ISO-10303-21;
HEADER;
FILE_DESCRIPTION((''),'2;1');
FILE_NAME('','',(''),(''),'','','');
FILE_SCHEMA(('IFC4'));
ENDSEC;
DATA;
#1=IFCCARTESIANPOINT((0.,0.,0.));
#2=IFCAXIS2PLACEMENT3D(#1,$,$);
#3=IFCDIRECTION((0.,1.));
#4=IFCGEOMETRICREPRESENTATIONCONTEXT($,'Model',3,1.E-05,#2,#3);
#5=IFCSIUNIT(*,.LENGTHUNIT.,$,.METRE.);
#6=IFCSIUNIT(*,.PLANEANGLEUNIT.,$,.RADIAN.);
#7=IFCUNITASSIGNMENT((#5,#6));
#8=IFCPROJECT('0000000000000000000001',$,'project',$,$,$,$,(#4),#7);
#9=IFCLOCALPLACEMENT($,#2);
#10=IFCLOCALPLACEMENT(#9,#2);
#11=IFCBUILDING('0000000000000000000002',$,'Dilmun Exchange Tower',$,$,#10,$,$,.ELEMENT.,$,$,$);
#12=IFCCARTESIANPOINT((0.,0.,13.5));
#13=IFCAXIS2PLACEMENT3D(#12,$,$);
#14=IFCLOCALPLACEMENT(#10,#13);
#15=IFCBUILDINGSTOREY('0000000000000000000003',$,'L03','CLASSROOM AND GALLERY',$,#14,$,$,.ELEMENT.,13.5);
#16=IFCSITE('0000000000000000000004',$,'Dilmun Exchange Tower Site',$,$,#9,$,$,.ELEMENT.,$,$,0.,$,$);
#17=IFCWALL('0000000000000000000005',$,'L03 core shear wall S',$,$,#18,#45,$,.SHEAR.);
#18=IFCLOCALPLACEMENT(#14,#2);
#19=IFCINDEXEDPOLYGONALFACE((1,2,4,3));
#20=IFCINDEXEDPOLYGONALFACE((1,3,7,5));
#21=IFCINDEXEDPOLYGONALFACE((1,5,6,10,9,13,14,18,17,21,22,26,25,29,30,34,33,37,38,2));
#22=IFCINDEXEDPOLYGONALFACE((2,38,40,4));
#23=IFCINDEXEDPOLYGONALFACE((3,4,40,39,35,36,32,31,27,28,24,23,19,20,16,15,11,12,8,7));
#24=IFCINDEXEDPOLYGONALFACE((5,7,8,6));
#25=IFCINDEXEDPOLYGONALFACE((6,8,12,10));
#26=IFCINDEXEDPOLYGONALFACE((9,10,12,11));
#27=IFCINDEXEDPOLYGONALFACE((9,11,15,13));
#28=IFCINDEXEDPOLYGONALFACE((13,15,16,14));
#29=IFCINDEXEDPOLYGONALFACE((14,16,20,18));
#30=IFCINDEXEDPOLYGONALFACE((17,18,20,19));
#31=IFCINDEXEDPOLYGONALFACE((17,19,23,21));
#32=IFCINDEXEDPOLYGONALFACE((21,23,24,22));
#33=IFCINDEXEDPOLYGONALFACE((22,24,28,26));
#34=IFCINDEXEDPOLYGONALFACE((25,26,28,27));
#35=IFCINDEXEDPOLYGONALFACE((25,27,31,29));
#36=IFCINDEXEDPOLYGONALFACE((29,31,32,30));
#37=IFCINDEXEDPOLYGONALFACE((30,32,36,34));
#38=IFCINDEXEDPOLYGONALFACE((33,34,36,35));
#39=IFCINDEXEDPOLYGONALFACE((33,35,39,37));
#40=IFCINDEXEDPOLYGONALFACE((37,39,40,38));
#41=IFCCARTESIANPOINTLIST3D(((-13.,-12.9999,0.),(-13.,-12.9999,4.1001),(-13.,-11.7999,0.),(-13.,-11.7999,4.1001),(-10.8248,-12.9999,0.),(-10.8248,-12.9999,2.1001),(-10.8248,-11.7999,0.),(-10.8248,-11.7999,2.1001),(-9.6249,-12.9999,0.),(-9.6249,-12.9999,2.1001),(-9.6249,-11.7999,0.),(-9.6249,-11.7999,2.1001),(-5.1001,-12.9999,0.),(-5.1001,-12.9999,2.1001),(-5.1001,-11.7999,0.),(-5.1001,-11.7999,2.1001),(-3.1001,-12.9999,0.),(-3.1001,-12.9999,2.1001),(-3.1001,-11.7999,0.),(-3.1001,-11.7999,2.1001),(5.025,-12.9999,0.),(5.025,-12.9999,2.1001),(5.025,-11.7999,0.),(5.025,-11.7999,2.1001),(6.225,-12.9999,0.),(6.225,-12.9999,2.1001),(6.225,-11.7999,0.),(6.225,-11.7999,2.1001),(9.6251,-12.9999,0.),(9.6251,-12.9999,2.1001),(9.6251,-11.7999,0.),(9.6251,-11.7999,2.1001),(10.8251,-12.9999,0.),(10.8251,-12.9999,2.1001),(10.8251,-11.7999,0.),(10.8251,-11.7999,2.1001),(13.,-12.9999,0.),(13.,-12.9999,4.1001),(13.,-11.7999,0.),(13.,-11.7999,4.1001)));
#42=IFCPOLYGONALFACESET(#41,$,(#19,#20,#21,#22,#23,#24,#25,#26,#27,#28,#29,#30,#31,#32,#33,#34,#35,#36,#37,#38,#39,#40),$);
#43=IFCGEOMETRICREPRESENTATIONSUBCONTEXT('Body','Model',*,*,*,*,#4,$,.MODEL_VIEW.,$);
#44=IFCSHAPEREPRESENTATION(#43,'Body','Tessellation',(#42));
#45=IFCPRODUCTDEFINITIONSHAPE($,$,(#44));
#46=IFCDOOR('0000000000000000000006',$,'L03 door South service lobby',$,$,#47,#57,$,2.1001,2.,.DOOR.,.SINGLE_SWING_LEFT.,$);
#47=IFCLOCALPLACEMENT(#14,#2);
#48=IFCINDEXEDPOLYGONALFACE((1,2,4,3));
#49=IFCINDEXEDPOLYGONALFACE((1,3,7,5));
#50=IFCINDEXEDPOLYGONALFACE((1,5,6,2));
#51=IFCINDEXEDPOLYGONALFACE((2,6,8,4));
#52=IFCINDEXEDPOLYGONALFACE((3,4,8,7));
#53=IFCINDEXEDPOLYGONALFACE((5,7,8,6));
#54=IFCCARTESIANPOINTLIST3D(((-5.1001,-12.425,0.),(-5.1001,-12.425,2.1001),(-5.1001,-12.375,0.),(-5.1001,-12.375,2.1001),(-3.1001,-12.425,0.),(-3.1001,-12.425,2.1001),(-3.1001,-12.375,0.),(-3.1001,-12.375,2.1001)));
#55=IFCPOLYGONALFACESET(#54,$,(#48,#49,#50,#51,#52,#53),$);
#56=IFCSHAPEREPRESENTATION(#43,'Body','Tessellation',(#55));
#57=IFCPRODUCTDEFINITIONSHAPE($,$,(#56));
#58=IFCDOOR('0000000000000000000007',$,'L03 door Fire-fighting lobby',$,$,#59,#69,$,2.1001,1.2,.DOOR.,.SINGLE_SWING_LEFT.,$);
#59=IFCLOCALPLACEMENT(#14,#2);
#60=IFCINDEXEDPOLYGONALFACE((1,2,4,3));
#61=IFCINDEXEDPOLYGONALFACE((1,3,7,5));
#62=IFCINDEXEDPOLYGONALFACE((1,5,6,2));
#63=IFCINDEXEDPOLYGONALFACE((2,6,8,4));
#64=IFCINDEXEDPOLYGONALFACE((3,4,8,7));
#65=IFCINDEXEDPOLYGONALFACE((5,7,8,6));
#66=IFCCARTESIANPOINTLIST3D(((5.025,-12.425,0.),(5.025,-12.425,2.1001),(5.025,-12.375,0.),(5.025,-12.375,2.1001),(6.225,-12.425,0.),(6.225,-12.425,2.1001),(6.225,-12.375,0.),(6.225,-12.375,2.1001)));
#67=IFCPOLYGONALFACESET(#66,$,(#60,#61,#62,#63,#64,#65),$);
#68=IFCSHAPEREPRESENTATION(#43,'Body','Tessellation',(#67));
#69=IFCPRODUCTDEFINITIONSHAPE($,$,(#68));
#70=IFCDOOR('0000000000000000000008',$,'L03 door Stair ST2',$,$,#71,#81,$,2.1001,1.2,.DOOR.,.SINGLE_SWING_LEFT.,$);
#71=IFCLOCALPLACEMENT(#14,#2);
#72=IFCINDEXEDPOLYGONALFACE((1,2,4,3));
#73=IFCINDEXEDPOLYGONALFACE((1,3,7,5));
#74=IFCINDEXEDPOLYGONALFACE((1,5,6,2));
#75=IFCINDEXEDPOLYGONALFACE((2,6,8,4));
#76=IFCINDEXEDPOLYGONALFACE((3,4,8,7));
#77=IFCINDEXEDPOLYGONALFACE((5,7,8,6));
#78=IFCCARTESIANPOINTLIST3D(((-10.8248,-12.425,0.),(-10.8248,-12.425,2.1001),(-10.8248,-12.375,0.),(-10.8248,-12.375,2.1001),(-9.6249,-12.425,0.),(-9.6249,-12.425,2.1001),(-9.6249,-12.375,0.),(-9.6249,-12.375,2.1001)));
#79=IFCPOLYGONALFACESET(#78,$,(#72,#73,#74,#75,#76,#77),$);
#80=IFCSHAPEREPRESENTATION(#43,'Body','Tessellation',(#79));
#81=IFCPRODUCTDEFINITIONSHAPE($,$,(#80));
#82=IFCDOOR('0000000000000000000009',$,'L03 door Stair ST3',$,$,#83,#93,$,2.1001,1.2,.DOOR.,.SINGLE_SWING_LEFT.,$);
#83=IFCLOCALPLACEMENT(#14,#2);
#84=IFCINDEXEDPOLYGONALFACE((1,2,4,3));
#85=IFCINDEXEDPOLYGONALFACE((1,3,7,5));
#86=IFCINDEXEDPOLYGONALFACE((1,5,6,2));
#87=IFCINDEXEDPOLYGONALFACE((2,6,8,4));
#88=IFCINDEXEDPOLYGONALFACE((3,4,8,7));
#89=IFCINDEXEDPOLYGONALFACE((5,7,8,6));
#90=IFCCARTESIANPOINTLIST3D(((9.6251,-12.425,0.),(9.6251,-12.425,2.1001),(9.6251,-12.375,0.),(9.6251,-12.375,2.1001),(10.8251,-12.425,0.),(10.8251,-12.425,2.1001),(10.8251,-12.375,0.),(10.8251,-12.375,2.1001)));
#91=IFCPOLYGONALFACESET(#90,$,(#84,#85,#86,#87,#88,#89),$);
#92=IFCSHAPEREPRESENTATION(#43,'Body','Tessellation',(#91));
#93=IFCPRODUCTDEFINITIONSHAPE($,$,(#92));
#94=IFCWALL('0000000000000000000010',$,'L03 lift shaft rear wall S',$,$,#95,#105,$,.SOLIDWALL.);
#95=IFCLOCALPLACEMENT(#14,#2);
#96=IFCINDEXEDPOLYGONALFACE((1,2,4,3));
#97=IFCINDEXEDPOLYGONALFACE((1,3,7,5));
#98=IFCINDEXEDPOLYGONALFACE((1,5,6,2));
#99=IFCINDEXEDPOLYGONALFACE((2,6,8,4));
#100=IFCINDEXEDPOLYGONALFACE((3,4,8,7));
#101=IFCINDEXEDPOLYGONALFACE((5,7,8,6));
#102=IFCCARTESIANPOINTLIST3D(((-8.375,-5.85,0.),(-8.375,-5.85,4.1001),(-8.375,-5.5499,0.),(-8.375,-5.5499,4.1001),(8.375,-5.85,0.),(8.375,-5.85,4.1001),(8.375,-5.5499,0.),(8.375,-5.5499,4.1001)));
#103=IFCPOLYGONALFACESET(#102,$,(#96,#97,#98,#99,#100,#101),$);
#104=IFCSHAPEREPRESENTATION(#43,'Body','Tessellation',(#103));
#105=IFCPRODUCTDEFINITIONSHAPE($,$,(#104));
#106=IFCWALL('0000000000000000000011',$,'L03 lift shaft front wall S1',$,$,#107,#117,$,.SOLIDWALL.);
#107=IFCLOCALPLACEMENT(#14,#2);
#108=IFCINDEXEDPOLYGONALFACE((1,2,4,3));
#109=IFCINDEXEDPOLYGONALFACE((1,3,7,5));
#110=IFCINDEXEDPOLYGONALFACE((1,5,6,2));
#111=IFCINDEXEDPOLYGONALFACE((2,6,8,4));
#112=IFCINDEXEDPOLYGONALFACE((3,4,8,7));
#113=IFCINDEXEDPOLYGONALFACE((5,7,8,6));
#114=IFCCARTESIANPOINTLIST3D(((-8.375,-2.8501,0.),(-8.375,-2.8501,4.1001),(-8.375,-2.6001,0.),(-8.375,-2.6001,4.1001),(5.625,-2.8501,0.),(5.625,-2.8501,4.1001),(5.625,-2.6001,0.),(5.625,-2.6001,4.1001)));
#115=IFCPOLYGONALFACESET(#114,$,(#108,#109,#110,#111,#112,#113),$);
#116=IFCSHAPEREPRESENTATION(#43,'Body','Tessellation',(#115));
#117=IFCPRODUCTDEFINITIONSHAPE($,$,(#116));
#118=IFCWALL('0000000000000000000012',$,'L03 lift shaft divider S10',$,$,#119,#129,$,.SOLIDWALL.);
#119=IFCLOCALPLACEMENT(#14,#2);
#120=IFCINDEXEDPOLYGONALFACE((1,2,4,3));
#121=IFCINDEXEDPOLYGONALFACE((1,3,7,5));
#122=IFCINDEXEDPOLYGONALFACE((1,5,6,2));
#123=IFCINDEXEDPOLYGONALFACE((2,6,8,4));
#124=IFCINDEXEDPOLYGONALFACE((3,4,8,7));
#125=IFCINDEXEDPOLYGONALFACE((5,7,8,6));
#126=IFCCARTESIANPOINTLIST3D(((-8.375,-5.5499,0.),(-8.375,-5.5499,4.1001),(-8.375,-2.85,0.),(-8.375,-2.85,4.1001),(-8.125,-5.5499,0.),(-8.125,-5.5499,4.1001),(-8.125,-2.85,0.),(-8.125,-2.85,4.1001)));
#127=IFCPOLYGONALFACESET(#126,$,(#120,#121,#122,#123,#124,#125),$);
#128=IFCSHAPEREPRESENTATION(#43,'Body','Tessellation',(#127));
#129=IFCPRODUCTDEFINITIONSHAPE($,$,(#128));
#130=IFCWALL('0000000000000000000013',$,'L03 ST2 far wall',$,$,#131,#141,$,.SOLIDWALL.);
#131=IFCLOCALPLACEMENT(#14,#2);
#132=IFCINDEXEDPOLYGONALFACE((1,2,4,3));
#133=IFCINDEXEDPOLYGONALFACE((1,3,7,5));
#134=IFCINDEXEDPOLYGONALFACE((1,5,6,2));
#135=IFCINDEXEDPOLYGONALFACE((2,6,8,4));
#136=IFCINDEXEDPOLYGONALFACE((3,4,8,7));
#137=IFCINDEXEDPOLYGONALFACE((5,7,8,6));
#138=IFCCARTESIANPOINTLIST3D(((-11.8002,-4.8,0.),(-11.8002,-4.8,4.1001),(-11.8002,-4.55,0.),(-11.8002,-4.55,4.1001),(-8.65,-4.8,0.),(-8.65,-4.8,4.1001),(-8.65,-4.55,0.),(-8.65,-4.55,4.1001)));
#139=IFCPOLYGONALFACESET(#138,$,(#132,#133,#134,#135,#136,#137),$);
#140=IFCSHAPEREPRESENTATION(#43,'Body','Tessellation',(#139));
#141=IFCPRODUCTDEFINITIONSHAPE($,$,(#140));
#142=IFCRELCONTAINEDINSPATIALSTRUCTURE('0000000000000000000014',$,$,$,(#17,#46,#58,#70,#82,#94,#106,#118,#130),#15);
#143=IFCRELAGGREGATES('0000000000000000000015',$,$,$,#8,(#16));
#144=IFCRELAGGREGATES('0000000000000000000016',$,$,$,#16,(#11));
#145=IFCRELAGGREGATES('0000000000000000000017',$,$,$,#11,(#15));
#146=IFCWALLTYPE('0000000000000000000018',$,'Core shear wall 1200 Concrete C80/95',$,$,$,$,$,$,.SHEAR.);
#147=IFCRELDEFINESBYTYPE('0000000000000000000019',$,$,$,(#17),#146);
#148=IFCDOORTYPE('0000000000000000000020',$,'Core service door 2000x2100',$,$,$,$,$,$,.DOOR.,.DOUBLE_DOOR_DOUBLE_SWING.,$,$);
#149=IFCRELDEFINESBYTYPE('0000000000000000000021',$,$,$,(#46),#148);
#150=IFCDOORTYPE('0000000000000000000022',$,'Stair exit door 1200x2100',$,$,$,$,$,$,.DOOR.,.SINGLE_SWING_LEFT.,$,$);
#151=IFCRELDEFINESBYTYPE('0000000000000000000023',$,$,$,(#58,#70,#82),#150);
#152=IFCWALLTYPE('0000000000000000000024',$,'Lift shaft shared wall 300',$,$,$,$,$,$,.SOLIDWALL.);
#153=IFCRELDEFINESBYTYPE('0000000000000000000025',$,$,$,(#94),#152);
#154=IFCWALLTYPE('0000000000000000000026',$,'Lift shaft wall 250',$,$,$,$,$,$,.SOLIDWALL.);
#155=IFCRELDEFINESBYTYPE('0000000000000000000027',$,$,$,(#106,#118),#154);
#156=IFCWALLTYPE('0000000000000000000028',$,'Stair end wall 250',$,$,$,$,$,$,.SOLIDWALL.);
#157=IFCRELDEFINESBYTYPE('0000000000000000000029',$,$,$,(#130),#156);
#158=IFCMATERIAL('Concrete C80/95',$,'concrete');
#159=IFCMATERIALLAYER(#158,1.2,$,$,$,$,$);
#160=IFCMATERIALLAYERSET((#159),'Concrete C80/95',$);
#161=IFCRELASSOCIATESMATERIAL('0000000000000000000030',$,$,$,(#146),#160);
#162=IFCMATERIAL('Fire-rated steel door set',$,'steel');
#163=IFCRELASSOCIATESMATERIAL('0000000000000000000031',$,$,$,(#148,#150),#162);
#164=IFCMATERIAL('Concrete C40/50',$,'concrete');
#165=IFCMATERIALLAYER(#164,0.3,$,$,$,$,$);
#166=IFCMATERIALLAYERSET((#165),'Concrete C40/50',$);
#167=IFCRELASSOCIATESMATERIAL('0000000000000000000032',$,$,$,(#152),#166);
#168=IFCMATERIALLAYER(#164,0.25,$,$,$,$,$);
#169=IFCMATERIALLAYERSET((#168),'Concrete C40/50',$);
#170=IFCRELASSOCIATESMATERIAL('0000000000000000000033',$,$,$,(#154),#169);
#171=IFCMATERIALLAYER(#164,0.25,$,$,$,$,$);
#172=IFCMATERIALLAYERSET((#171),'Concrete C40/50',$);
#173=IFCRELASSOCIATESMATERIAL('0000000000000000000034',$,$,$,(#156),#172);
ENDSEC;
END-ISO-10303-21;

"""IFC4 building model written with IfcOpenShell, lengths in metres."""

from ifc_helpers import new_model, si_unit, direction, frame, frame_2d, origin, place, context, subcontext, project, spatial, rectangle, extrude, material, layer, layer_set, type_object, element, fill, save


model = new_model("IFC4")

# Units and contexts
model_context = context("Model", 3, precision=1e-05, world=origin(), true_north=direction((0.0, 1.0)))
body_context = subcontext(model_context, "Body", "Model", "MODEL_VIEW")
ifc_project = project(units=[si_unit("LENGTHUNIT", "METRE"), si_unit("PLANEANGLEUNIT", "RADIAN")], contexts=[model_context])

# Site, building, storey
site_placement = place(None, origin())
site = spatial("IfcSite", under=ifc_project, at=site_placement, Name="Dilmun Exchange Tower Site", CompositionType="ELEMENT", RefElevation=0.0)
building_placement = place(site_placement, origin())
building = spatial("IfcBuilding", under=site, at=building_placement, Name="Dilmun Exchange Tower", CompositionType="ELEMENT")
storey_placement = place(building_placement, frame((0.0, 0.0, 13.5)))
storey = spatial("IfcBuildingStorey", under=building, at=storey_placement, Name="L03", Description="CLASSROOM AND GALLERY", CompositionType="ELEMENT", Elevation=13.5)

# Shared definitions
ifc_material_1 = material(Name="Concrete C40/50", Category="concrete")
ifc_material_2 = material(Name="Fire-rated steel door set", Category="steel")

# Wall, openings, doors
ifc_material_3 = material(Name="Concrete C80/95", Category="concrete")
ifc_layer_1 = layer(ifc_material_3, 1.2)
ifc_layer_set_1 = layer_set([ifc_layer_1], Name="Concrete C80/95")
wall_type_1 = type_object("IfcWallType", Name="Core shear wall 1200 Concrete C80/95", PredefinedType="SHEAR", material=ifc_layer_set_1)
wall_1_placement = place(storey_placement, frame((-13.0, -12.3999, 0.0), z_axis=(0.0, 0.0, 1.0), x_axis=(1.0, 0.0, 0.0)))
wall_1 = element("IfcWall", 1, at=wall_1_placement, inside=storey, type_object=wall_type_1, Name="L03 core shear wall S", PredefinedType="SHEAR", context=body_context, shape_type="SweptSolid", body=[
    extrude(rectangle(XDim=26.0, YDim=1.2, at=frame_2d((13.0, 0.0))), origin(), (0.0, 0.0, 1.0), 4.1001),
])
opening_1_placement = place(wall_1_placement, frame((7.8999, 0.0, 0.0)))
opening_1 = element("IfcOpeningElement", 2, at=opening_1_placement, cuts=wall_1, PredefinedType="OPENING", context=body_context, shape_type="SweptSolid", body=[
    extrude(rectangle(XDim=2.0, YDim=2.1001, at=frame_2d((1.0, 1.05))), frame((0.0, 0.6099, 0.0), z_axis=(0.0, -1.0, 0.0), x_axis=(1.0, 0.0, 0.0)), (0.0, 0.0, 1.0), 1.22),
])
opening_2_placement = place(wall_1_placement, frame((18.0249, 0.0, 0.0)))
opening_2 = element("IfcOpeningElement", 3, at=opening_2_placement, cuts=wall_1, PredefinedType="OPENING", context=body_context, shape_type="SweptSolid", body=[
    extrude(rectangle(XDim=1.2, YDim=2.1001, at=frame_2d((0.6001, 1.05))), frame((0.0, 0.6099, 0.0), z_axis=(0.0, -1.0, 0.0), x_axis=(1.0, 0.0, 0.0)), (0.0, 0.0, 1.0), 1.22),
])
opening_3_placement = place(wall_1_placement, frame((2.175, 0.0, 0.0)))
opening_3 = element("IfcOpeningElement", 4, at=opening_3_placement, cuts=wall_1, PredefinedType="OPENING", context=body_context, shape_type="SweptSolid", body=[
    extrude(rectangle(XDim=1.2, YDim=2.1001, at=frame_2d((0.6001, 1.05))), frame((0.0, 0.6099, 0.0), z_axis=(0.0, -1.0, 0.0), x_axis=(1.0, 0.0, 0.0)), (0.0, 0.0, 1.0), 1.22),
])
opening_4_placement = place(wall_1_placement, frame((22.625, 0.0, 0.0)))
opening_4 = element("IfcOpeningElement", 5, at=opening_4_placement, cuts=wall_1, PredefinedType="OPENING", context=body_context, shape_type="SweptSolid", body=[
    extrude(rectangle(XDim=1.2, YDim=2.1001, at=frame_2d((0.6001, 1.05))), frame((0.0, 0.6099, 0.0), z_axis=(0.0, -1.0, 0.0), x_axis=(1.0, 0.0, 0.0)), (0.0, 0.0, 1.0), 1.22),
])
door_type_1 = type_object("IfcDoorType", Name="Core service door 2000x2100", OperationType="DOUBLE_DOOR_DOUBLE_SWING", PredefinedType="DOOR", material=ifc_material_2)
door_1_placement = place(opening_1_placement, origin())
door_1 = element("IfcDoor", 6, at=door_1_placement, inside=storey, type_object=door_type_1, Name="L03 door South service lobby", OperationType="SINGLE_SWING_LEFT", OverallHeight=2.1001, OverallWidth=2.0, PredefinedType="DOOR", context=body_context, shape_type="SweptSolid", body=[
    extrude(rectangle(XDim=2.0, YDim=2.1001, at=frame_2d((1.0, 1.05))), frame((0.0, 0.0249, 0.0), z_axis=(0.0, -1.0, 0.0), x_axis=(1.0, 0.0, 0.0)), (0.0, 0.0, 1.0), 0.05),
])
fill(opening_1, door_1)
door_type_2 = type_object("IfcDoorType", Name="Stair exit door 1200x2100", OperationType="SINGLE_SWING_LEFT", PredefinedType="DOOR", material=ifc_material_2)
door_2_placement = place(opening_2_placement, origin())
door_2 = element("IfcDoor", 7, at=door_2_placement, inside=storey, type_object=door_type_2, Name="L03 door Fire-fighting lobby", OperationType="SINGLE_SWING_LEFT", OverallHeight=2.1001, OverallWidth=1.2, PredefinedType="DOOR", context=body_context, shape_type="SweptSolid", body=[
    extrude(rectangle(XDim=1.2, YDim=2.1001, at=frame_2d((0.6001, 1.05))), frame((0.0, 0.0249, 0.0), z_axis=(0.0, -1.0, 0.0), x_axis=(1.0, 0.0, 0.0)), (0.0, 0.0, 1.0), 0.05),
])
fill(opening_2, door_2)
door_3_placement = place(opening_3_placement, origin())
door_3 = element("IfcDoor", 8, at=door_3_placement, inside=storey, type_object=door_type_2, Name="L03 door Stair ST2", OperationType="SINGLE_SWING_LEFT", OverallHeight=2.1001, OverallWidth=1.2, PredefinedType="DOOR", context=body_context, shape_type="SweptSolid", body=[
    extrude(rectangle(XDim=1.2, YDim=2.1001, at=frame_2d((0.6001, 1.05))), frame((0.0, 0.0249, 0.0), z_axis=(0.0, -1.0, 0.0), x_axis=(1.0, 0.0, 0.0)), (0.0, 0.0, 1.0), 0.05),
])
fill(opening_3, door_3)
door_4_placement = place(opening_4_placement, origin())
door_4 = element("IfcDoor", 9, at=door_4_placement, inside=storey, type_object=door_type_2, Name="L03 door Stair ST3", OperationType="SINGLE_SWING_LEFT", OverallHeight=2.1001, OverallWidth=1.2, PredefinedType="DOOR", context=body_context, shape_type="SweptSolid", body=[
    extrude(rectangle(XDim=1.2, YDim=2.1001, at=frame_2d((0.6001, 1.05))), frame((0.0, 0.0249, 0.0), z_axis=(0.0, -1.0, 0.0), x_axis=(1.0, 0.0, 0.0)), (0.0, 0.0, 1.0), 0.05),
])
fill(opening_4, door_4)

# Walls
ifc_layer_2 = layer(ifc_material_1, 0.3)
ifc_layer_set_2 = layer_set([ifc_layer_2], Name="Concrete C40/50")
wall_type_2 = type_object("IfcWallType", Name="Lift shaft shared wall 300", PredefinedType="SOLIDWALL", material=ifc_layer_set_2)
wall_2_placement = place(storey_placement, frame((-8.375, -5.7, 0.0), z_axis=(0.0, 0.0, 1.0), x_axis=(1.0, 0.0, 0.0)))
element("IfcWall", 10, at=wall_2_placement, inside=storey, type_object=wall_type_2, Name="L03 lift shaft rear wall S", PredefinedType="SOLIDWALL", context=body_context, shape_type="SweptSolid", body=[
    extrude(rectangle(XDim=16.75, YDim=0.3, at=frame_2d((8.375, 0.0))), origin(), (0.0, 0.0, 1.0), 4.1001),
])
ifc_layer_3 = layer(ifc_material_1, 0.25)
ifc_layer_set_3 = layer_set([ifc_layer_3], Name="Concrete C40/50")
wall_type_3 = type_object("IfcWallType", Name="Lift shaft wall 250", PredefinedType="SOLIDWALL", material=ifc_layer_set_3)
wall_3_placement = place(storey_placement, frame((-8.375, -2.7251, 0.0), z_axis=(0.0, 0.0, 1.0), x_axis=(1.0, 0.0, 0.0)))
element("IfcWall", 11, at=wall_3_placement, inside=storey, type_object=wall_type_3, Name="L03 lift shaft front wall S1", PredefinedType="SOLIDWALL", context=body_context, shape_type="SweptSolid", body=[
    extrude(rectangle(XDim=14.0, YDim=0.25, at=frame_2d((7.0, 0.0))), origin(), (0.0, 0.0, 1.0), 4.1001),
])
wall_4_placement = place(storey_placement, frame((-8.25, -5.55, 0.0), z_axis=(0.0, 0.0, 1.0), x_axis=(0.0, 1.0, 0.0)))
element("IfcWall", 12, at=wall_4_placement, inside=storey, type_object=wall_type_3, Name="L03 lift shaft divider S10", PredefinedType="SOLIDWALL", context=body_context, shape_type="SweptSolid", body=[
    extrude(rectangle(XDim=2.7, YDim=0.25, at=frame_2d((1.3501, 0.0))), origin(), (0.0, 0.0, 1.0), 4.1001),
])
ifc_layer_4 = layer(ifc_material_1, 0.25)
ifc_layer_set_4 = layer_set([ifc_layer_4], Name="Concrete C40/50")
wall_type_4 = type_object("IfcWallType", Name="Stair end wall 250", PredefinedType="SOLIDWALL", material=ifc_layer_set_4)
wall_5_placement = place(storey_placement, frame((-8.6499, -4.675, 0.0), z_axis=(0.0, 0.0, 1.0), x_axis=(-1.0, 0.0, 0.0)))
element("IfcWall", 13, at=wall_5_placement, inside=storey, type_object=wall_type_4, Name="L03 ST2 far wall", PredefinedType="SOLIDWALL", context=body_context, shape_type="SweptSolid", body=[
    extrude(rectangle(XDim=3.1501, YDim=0.25, at=frame_2d((1.5752, 0.0))), origin(), (0.0, 0.0, 1.0), 4.1001),
])

save(model, "model.ifc")
